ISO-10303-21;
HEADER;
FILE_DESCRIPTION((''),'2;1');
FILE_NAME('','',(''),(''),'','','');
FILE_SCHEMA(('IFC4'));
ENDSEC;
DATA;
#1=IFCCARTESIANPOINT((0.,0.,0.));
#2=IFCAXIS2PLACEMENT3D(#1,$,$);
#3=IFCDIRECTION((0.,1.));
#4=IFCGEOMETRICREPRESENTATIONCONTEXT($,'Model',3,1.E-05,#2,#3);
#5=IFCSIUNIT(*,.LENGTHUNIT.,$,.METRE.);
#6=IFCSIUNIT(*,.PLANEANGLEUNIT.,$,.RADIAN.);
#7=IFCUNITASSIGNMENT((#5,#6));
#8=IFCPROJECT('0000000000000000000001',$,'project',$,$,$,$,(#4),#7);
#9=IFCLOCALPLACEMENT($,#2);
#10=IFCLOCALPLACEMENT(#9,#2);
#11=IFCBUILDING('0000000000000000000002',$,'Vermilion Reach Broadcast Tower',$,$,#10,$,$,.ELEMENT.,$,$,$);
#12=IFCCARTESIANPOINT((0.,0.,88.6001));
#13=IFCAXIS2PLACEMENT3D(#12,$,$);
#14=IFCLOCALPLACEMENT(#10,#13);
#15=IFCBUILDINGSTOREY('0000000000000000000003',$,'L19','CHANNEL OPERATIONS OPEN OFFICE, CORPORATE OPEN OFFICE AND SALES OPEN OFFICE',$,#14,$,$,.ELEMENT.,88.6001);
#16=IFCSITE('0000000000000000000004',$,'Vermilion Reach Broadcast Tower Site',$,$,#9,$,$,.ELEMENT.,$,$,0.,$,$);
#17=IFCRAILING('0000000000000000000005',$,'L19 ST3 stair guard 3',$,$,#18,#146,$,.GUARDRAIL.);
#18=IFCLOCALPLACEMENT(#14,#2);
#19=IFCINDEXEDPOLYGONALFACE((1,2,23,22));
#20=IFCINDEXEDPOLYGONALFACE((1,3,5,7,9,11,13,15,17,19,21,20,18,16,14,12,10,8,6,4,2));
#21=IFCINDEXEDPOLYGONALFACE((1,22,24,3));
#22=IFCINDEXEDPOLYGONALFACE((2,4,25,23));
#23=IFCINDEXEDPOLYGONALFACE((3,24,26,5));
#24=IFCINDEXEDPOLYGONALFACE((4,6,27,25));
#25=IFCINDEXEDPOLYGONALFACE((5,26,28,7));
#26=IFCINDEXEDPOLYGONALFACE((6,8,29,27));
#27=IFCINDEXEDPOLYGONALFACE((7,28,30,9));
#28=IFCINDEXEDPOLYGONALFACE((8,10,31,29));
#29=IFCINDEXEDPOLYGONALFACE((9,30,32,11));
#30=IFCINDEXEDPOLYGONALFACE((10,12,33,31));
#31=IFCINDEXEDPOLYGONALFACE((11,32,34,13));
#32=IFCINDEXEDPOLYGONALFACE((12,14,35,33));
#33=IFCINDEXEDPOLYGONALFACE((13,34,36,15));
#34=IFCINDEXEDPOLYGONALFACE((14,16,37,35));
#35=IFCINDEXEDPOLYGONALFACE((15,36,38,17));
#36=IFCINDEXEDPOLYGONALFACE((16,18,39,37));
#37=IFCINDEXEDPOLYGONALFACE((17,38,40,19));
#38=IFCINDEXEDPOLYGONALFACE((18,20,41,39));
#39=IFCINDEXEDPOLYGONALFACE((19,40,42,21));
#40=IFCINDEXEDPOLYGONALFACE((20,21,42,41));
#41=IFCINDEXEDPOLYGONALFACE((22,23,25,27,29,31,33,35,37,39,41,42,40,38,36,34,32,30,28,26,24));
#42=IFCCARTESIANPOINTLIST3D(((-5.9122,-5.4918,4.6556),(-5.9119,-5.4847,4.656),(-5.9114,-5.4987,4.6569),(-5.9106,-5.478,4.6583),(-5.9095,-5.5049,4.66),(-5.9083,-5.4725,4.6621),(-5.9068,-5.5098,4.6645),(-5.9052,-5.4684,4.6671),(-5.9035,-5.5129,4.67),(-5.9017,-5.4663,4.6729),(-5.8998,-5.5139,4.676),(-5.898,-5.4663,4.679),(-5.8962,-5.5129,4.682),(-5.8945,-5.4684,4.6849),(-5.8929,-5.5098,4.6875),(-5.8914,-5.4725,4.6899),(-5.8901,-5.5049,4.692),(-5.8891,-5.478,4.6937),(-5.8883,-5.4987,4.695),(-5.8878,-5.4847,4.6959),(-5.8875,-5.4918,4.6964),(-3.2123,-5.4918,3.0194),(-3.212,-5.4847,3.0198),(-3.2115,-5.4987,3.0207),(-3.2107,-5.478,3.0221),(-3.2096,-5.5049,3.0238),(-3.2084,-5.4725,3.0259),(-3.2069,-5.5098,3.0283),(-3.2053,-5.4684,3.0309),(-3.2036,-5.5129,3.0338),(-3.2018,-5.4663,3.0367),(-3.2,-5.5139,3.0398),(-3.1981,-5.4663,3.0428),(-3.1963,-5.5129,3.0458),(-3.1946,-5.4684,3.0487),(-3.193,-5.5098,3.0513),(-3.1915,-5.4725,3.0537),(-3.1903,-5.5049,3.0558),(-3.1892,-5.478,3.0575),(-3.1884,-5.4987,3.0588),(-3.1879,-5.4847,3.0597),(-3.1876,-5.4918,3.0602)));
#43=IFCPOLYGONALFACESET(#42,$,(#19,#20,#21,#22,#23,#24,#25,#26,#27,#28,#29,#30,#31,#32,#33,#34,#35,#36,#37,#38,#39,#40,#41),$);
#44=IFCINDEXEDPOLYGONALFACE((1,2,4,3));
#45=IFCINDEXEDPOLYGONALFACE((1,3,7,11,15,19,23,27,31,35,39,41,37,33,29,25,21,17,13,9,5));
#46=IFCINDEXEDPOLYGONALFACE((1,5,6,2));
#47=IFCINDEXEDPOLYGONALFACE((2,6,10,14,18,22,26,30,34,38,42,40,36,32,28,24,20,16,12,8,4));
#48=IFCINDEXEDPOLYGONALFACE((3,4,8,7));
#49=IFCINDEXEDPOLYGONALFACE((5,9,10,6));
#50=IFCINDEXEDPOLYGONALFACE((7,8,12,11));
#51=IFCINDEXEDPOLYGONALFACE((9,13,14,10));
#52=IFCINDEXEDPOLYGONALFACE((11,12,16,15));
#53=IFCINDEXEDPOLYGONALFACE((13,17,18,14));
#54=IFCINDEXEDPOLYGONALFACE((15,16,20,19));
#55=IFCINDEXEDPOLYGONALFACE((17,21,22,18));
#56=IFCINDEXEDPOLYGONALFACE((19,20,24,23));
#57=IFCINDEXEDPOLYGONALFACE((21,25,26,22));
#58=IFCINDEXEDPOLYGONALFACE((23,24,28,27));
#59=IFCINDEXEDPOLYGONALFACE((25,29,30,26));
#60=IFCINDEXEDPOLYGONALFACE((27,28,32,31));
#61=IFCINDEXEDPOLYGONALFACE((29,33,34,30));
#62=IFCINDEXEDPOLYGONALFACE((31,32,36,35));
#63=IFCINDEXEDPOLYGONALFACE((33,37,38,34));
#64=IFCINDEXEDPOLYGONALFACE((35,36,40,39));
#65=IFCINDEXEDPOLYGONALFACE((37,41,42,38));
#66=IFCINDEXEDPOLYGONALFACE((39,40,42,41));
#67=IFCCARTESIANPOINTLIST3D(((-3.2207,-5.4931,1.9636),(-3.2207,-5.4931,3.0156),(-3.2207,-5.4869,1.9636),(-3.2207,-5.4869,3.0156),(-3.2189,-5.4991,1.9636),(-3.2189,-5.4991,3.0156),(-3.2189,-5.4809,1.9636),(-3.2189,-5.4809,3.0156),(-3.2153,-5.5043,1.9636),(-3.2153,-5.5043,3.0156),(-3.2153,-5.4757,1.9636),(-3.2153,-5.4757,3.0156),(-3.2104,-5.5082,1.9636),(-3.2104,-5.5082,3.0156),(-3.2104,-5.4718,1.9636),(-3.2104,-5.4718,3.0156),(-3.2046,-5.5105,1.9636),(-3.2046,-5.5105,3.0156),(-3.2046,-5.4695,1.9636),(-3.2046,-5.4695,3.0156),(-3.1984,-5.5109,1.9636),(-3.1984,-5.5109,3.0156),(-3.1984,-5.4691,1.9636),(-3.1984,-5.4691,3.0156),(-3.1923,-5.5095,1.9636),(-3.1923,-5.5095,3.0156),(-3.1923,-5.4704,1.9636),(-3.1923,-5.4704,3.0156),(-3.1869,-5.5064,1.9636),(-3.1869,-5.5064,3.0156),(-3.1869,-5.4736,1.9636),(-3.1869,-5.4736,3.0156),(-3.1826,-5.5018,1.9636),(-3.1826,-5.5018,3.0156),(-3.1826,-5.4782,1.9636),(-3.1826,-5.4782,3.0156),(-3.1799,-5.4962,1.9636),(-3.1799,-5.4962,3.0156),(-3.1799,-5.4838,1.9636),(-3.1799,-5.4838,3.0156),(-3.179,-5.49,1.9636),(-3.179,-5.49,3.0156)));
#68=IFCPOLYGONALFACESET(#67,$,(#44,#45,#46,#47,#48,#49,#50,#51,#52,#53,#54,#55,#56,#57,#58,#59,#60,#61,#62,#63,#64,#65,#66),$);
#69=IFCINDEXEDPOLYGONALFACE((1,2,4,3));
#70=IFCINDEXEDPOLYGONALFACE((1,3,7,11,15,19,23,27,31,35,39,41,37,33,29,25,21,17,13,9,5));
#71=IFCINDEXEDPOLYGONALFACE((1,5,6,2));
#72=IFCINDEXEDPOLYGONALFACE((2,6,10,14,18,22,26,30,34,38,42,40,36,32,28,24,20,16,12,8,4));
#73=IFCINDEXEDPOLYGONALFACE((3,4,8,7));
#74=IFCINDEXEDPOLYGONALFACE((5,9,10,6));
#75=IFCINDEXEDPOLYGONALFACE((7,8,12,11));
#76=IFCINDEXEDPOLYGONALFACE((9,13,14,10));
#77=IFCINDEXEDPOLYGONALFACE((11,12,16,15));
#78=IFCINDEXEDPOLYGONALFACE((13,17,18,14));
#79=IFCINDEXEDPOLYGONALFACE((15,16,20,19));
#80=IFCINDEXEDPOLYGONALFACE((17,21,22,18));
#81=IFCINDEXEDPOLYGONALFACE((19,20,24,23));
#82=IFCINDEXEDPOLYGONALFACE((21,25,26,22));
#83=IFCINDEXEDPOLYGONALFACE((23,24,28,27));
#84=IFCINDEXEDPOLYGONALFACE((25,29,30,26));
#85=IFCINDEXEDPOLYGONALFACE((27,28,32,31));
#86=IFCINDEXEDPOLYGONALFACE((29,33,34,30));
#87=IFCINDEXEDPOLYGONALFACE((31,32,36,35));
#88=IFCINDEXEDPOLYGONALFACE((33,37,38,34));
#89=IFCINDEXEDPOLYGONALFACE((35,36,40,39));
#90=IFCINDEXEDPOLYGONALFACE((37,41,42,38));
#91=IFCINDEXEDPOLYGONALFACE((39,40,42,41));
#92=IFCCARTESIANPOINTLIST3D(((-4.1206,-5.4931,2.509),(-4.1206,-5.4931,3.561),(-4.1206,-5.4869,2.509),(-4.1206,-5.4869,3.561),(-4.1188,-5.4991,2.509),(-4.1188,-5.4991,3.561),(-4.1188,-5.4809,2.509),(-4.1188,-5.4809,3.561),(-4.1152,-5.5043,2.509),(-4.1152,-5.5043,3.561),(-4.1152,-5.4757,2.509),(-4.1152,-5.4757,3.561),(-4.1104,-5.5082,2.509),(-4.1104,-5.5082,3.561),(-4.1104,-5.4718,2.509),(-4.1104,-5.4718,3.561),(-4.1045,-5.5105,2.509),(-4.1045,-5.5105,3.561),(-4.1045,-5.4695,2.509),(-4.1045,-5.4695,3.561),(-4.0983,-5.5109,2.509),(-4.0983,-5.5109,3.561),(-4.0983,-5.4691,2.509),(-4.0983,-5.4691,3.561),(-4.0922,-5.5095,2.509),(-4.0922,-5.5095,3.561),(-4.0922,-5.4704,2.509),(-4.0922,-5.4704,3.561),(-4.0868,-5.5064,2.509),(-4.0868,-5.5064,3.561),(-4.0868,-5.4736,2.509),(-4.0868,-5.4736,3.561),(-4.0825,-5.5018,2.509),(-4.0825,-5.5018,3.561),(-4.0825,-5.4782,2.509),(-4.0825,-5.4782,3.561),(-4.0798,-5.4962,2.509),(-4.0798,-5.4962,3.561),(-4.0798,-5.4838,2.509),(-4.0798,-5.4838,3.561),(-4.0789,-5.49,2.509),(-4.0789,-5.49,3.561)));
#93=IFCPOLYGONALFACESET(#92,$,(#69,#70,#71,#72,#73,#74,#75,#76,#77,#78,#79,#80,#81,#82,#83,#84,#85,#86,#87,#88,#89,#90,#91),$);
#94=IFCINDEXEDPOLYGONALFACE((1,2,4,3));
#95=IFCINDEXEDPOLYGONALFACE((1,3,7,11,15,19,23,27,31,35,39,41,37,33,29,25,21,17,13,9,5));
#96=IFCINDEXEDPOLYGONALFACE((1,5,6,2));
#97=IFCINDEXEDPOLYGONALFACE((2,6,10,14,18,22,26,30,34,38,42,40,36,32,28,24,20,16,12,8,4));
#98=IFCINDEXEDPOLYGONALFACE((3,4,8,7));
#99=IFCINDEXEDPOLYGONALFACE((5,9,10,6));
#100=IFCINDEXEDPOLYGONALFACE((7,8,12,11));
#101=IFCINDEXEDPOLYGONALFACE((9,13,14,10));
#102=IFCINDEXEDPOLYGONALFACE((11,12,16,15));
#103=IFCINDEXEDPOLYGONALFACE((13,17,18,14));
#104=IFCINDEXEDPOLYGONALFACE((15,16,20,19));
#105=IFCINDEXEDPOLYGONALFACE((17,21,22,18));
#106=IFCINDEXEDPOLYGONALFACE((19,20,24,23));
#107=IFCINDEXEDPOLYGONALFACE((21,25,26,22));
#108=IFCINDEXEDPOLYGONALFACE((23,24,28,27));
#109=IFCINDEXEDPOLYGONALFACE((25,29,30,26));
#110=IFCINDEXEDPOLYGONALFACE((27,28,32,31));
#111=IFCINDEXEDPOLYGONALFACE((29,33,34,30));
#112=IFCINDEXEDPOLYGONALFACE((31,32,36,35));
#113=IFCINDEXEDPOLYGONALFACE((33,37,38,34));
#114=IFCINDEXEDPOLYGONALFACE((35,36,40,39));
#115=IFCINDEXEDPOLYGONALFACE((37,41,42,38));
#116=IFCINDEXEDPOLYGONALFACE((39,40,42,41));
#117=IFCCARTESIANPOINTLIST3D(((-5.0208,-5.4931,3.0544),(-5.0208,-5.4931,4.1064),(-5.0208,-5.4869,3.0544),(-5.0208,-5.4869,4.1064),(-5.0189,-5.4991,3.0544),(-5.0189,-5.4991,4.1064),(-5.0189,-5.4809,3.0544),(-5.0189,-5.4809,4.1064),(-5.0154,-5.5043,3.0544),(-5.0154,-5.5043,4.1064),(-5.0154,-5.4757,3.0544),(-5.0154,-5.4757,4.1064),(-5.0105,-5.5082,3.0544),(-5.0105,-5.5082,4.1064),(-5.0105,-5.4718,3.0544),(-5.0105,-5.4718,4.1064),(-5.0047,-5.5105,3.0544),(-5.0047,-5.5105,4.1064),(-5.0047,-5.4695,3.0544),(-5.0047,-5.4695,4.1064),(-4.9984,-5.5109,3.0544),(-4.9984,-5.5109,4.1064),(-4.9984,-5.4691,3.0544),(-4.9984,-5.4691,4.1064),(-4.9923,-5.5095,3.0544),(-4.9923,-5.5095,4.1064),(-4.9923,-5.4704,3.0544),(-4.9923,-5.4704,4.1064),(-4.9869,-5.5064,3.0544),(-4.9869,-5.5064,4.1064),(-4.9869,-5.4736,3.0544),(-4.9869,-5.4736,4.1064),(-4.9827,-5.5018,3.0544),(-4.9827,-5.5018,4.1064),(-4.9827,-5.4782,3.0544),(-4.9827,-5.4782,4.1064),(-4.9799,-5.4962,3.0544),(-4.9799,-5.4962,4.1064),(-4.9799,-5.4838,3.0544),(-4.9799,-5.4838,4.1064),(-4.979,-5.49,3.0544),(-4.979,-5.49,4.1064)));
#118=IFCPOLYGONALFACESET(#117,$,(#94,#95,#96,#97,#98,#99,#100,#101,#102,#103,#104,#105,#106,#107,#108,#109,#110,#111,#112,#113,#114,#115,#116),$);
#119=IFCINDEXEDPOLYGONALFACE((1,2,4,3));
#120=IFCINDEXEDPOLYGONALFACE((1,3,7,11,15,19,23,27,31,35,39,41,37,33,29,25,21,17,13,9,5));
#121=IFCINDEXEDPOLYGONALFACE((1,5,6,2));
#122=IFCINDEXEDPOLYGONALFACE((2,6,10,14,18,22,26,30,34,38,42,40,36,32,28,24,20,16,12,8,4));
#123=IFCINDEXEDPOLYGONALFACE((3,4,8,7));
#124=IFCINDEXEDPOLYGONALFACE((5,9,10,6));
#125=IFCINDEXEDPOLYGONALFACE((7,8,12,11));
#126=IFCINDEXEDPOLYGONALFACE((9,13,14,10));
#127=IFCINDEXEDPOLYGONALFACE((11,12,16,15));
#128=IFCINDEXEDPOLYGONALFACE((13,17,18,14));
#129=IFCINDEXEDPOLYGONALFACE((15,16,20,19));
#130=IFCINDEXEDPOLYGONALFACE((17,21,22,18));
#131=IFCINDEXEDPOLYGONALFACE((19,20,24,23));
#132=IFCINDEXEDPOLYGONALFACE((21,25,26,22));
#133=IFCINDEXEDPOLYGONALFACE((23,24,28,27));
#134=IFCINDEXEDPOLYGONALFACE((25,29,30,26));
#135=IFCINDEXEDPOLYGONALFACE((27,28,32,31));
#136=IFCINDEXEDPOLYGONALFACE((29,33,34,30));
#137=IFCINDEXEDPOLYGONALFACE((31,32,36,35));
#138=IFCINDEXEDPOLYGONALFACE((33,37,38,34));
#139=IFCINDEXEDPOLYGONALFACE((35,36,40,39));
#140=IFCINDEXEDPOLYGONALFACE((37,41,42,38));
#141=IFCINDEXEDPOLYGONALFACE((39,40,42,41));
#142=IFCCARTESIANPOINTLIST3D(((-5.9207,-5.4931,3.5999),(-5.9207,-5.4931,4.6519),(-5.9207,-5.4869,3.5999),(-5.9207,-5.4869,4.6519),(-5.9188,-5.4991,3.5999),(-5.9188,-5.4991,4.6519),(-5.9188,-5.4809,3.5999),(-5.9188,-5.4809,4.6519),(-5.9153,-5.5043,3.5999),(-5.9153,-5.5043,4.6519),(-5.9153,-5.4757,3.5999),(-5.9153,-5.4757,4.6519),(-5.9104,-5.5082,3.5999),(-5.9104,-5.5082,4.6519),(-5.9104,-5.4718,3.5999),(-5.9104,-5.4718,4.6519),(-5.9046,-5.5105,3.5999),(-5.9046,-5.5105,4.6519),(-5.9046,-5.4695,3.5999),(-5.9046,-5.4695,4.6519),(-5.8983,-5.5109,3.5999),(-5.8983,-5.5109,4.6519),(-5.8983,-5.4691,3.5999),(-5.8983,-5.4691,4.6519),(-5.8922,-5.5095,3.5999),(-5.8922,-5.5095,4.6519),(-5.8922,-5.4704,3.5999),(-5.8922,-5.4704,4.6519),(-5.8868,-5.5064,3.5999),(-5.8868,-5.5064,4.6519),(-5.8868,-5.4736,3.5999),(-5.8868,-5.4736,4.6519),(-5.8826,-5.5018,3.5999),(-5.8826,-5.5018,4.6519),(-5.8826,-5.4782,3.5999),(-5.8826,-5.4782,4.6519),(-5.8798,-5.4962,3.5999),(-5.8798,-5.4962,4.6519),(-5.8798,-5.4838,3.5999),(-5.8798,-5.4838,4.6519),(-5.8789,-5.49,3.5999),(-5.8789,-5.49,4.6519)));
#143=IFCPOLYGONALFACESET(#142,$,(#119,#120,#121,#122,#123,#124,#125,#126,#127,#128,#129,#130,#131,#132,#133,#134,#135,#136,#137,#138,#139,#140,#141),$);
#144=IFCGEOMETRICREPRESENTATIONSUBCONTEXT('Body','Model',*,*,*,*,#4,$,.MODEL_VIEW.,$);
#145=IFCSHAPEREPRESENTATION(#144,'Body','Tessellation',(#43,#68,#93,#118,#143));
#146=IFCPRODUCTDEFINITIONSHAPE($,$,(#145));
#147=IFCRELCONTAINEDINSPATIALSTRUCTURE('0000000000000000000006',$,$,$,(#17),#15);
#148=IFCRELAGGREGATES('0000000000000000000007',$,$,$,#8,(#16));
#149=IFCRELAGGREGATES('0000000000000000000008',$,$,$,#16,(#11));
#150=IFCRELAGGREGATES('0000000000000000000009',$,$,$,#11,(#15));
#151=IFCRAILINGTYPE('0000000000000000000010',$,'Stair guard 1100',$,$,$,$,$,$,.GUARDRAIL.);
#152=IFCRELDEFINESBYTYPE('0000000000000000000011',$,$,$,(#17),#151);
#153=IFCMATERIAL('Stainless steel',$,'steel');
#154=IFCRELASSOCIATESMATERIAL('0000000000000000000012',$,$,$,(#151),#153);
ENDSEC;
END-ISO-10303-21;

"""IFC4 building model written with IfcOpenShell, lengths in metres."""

from ifc_helpers import new_model, si_unit, direction, frame, origin, origin_2d, place, context, subcontext, project, spatial, circle, extrude, material, type_object, element, save


model = new_model("IFC4")

# Units and contexts
model_context = context("Model", 3, precision=1e-05, world=origin(), true_north=direction((0.0, 1.0)))
body_context = subcontext(model_context, "Body", "Model", "MODEL_VIEW")
ifc_project = project(units=[si_unit("LENGTHUNIT", "METRE"), si_unit("PLANEANGLEUNIT", "RADIAN")], contexts=[model_context])

# Site, building, storey
site_placement = place(None, origin())
site = spatial("IfcSite", under=ifc_project, at=site_placement, Name="Vermilion Reach Broadcast Tower Site", CompositionType="ELEMENT", RefElevation=0.0)
building_placement = place(site_placement, origin())
building = spatial("IfcBuilding", under=site, at=building_placement, Name="Vermilion Reach Broadcast Tower", CompositionType="ELEMENT")
storey_placement = place(building_placement, frame((0.0, 0.0, 88.6001)))
storey = spatial("IfcBuildingStorey", under=building, at=storey_placement, Name="L19", Description="CHANNEL OPERATIONS OPEN OFFICE, CORPORATE OPEN OFFICE AND SALES OPEN OFFICE", CompositionType="ELEMENT", Elevation=88.6001)

# Railing
ifc_material_1 = material(Name="Stainless steel", Category="steel")
railing_type_1 = type_object("IfcRailingType", Name="Stair guard 1100", PredefinedType="GUARDRAIL", material=ifc_material_1)
railing_1_placement = place(storey_placement, frame((-3.2, -5.49, 1.9636)))
element("IfcRailing", 1, at=railing_1_placement, inside=storey, type_object=railing_type_1, Name="L19 ST3 stair guard 3", PredefinedType="GUARDRAIL", context=body_context, shape_type="SweptSolid", body=[
    extrude(circle(Radius=0.0239, at=origin_2d()), frame((0.0, 0.0, 1.0762), z_axis=(-0.855212, 0.0, 0.518278), x_axis=(0.0, -1.0, 0.0)), (0.0, 0.0, 1.0), 3.157),
    extrude(circle(Radius=0.021, at=origin_2d()), origin(), (0.0, 0.0, 1.0), 1.052),
    extrude(circle(Radius=0.021, at=origin_2d()), frame((-0.8999, 0.0, 0.5454)), (0.0, 0.0, 1.0), 1.052),
    extrude(circle(Radius=0.021, at=origin_2d()), frame((-1.8, 0.0, 1.0908)), (0.0, 0.0, 1.0), 1.052),
    extrude(circle(Radius=0.021, at=origin_2d()), frame((-2.7, 0.0, 1.6362)), (0.0, 0.0, 1.0), 1.052),
])

save(model, "model.ifc")
